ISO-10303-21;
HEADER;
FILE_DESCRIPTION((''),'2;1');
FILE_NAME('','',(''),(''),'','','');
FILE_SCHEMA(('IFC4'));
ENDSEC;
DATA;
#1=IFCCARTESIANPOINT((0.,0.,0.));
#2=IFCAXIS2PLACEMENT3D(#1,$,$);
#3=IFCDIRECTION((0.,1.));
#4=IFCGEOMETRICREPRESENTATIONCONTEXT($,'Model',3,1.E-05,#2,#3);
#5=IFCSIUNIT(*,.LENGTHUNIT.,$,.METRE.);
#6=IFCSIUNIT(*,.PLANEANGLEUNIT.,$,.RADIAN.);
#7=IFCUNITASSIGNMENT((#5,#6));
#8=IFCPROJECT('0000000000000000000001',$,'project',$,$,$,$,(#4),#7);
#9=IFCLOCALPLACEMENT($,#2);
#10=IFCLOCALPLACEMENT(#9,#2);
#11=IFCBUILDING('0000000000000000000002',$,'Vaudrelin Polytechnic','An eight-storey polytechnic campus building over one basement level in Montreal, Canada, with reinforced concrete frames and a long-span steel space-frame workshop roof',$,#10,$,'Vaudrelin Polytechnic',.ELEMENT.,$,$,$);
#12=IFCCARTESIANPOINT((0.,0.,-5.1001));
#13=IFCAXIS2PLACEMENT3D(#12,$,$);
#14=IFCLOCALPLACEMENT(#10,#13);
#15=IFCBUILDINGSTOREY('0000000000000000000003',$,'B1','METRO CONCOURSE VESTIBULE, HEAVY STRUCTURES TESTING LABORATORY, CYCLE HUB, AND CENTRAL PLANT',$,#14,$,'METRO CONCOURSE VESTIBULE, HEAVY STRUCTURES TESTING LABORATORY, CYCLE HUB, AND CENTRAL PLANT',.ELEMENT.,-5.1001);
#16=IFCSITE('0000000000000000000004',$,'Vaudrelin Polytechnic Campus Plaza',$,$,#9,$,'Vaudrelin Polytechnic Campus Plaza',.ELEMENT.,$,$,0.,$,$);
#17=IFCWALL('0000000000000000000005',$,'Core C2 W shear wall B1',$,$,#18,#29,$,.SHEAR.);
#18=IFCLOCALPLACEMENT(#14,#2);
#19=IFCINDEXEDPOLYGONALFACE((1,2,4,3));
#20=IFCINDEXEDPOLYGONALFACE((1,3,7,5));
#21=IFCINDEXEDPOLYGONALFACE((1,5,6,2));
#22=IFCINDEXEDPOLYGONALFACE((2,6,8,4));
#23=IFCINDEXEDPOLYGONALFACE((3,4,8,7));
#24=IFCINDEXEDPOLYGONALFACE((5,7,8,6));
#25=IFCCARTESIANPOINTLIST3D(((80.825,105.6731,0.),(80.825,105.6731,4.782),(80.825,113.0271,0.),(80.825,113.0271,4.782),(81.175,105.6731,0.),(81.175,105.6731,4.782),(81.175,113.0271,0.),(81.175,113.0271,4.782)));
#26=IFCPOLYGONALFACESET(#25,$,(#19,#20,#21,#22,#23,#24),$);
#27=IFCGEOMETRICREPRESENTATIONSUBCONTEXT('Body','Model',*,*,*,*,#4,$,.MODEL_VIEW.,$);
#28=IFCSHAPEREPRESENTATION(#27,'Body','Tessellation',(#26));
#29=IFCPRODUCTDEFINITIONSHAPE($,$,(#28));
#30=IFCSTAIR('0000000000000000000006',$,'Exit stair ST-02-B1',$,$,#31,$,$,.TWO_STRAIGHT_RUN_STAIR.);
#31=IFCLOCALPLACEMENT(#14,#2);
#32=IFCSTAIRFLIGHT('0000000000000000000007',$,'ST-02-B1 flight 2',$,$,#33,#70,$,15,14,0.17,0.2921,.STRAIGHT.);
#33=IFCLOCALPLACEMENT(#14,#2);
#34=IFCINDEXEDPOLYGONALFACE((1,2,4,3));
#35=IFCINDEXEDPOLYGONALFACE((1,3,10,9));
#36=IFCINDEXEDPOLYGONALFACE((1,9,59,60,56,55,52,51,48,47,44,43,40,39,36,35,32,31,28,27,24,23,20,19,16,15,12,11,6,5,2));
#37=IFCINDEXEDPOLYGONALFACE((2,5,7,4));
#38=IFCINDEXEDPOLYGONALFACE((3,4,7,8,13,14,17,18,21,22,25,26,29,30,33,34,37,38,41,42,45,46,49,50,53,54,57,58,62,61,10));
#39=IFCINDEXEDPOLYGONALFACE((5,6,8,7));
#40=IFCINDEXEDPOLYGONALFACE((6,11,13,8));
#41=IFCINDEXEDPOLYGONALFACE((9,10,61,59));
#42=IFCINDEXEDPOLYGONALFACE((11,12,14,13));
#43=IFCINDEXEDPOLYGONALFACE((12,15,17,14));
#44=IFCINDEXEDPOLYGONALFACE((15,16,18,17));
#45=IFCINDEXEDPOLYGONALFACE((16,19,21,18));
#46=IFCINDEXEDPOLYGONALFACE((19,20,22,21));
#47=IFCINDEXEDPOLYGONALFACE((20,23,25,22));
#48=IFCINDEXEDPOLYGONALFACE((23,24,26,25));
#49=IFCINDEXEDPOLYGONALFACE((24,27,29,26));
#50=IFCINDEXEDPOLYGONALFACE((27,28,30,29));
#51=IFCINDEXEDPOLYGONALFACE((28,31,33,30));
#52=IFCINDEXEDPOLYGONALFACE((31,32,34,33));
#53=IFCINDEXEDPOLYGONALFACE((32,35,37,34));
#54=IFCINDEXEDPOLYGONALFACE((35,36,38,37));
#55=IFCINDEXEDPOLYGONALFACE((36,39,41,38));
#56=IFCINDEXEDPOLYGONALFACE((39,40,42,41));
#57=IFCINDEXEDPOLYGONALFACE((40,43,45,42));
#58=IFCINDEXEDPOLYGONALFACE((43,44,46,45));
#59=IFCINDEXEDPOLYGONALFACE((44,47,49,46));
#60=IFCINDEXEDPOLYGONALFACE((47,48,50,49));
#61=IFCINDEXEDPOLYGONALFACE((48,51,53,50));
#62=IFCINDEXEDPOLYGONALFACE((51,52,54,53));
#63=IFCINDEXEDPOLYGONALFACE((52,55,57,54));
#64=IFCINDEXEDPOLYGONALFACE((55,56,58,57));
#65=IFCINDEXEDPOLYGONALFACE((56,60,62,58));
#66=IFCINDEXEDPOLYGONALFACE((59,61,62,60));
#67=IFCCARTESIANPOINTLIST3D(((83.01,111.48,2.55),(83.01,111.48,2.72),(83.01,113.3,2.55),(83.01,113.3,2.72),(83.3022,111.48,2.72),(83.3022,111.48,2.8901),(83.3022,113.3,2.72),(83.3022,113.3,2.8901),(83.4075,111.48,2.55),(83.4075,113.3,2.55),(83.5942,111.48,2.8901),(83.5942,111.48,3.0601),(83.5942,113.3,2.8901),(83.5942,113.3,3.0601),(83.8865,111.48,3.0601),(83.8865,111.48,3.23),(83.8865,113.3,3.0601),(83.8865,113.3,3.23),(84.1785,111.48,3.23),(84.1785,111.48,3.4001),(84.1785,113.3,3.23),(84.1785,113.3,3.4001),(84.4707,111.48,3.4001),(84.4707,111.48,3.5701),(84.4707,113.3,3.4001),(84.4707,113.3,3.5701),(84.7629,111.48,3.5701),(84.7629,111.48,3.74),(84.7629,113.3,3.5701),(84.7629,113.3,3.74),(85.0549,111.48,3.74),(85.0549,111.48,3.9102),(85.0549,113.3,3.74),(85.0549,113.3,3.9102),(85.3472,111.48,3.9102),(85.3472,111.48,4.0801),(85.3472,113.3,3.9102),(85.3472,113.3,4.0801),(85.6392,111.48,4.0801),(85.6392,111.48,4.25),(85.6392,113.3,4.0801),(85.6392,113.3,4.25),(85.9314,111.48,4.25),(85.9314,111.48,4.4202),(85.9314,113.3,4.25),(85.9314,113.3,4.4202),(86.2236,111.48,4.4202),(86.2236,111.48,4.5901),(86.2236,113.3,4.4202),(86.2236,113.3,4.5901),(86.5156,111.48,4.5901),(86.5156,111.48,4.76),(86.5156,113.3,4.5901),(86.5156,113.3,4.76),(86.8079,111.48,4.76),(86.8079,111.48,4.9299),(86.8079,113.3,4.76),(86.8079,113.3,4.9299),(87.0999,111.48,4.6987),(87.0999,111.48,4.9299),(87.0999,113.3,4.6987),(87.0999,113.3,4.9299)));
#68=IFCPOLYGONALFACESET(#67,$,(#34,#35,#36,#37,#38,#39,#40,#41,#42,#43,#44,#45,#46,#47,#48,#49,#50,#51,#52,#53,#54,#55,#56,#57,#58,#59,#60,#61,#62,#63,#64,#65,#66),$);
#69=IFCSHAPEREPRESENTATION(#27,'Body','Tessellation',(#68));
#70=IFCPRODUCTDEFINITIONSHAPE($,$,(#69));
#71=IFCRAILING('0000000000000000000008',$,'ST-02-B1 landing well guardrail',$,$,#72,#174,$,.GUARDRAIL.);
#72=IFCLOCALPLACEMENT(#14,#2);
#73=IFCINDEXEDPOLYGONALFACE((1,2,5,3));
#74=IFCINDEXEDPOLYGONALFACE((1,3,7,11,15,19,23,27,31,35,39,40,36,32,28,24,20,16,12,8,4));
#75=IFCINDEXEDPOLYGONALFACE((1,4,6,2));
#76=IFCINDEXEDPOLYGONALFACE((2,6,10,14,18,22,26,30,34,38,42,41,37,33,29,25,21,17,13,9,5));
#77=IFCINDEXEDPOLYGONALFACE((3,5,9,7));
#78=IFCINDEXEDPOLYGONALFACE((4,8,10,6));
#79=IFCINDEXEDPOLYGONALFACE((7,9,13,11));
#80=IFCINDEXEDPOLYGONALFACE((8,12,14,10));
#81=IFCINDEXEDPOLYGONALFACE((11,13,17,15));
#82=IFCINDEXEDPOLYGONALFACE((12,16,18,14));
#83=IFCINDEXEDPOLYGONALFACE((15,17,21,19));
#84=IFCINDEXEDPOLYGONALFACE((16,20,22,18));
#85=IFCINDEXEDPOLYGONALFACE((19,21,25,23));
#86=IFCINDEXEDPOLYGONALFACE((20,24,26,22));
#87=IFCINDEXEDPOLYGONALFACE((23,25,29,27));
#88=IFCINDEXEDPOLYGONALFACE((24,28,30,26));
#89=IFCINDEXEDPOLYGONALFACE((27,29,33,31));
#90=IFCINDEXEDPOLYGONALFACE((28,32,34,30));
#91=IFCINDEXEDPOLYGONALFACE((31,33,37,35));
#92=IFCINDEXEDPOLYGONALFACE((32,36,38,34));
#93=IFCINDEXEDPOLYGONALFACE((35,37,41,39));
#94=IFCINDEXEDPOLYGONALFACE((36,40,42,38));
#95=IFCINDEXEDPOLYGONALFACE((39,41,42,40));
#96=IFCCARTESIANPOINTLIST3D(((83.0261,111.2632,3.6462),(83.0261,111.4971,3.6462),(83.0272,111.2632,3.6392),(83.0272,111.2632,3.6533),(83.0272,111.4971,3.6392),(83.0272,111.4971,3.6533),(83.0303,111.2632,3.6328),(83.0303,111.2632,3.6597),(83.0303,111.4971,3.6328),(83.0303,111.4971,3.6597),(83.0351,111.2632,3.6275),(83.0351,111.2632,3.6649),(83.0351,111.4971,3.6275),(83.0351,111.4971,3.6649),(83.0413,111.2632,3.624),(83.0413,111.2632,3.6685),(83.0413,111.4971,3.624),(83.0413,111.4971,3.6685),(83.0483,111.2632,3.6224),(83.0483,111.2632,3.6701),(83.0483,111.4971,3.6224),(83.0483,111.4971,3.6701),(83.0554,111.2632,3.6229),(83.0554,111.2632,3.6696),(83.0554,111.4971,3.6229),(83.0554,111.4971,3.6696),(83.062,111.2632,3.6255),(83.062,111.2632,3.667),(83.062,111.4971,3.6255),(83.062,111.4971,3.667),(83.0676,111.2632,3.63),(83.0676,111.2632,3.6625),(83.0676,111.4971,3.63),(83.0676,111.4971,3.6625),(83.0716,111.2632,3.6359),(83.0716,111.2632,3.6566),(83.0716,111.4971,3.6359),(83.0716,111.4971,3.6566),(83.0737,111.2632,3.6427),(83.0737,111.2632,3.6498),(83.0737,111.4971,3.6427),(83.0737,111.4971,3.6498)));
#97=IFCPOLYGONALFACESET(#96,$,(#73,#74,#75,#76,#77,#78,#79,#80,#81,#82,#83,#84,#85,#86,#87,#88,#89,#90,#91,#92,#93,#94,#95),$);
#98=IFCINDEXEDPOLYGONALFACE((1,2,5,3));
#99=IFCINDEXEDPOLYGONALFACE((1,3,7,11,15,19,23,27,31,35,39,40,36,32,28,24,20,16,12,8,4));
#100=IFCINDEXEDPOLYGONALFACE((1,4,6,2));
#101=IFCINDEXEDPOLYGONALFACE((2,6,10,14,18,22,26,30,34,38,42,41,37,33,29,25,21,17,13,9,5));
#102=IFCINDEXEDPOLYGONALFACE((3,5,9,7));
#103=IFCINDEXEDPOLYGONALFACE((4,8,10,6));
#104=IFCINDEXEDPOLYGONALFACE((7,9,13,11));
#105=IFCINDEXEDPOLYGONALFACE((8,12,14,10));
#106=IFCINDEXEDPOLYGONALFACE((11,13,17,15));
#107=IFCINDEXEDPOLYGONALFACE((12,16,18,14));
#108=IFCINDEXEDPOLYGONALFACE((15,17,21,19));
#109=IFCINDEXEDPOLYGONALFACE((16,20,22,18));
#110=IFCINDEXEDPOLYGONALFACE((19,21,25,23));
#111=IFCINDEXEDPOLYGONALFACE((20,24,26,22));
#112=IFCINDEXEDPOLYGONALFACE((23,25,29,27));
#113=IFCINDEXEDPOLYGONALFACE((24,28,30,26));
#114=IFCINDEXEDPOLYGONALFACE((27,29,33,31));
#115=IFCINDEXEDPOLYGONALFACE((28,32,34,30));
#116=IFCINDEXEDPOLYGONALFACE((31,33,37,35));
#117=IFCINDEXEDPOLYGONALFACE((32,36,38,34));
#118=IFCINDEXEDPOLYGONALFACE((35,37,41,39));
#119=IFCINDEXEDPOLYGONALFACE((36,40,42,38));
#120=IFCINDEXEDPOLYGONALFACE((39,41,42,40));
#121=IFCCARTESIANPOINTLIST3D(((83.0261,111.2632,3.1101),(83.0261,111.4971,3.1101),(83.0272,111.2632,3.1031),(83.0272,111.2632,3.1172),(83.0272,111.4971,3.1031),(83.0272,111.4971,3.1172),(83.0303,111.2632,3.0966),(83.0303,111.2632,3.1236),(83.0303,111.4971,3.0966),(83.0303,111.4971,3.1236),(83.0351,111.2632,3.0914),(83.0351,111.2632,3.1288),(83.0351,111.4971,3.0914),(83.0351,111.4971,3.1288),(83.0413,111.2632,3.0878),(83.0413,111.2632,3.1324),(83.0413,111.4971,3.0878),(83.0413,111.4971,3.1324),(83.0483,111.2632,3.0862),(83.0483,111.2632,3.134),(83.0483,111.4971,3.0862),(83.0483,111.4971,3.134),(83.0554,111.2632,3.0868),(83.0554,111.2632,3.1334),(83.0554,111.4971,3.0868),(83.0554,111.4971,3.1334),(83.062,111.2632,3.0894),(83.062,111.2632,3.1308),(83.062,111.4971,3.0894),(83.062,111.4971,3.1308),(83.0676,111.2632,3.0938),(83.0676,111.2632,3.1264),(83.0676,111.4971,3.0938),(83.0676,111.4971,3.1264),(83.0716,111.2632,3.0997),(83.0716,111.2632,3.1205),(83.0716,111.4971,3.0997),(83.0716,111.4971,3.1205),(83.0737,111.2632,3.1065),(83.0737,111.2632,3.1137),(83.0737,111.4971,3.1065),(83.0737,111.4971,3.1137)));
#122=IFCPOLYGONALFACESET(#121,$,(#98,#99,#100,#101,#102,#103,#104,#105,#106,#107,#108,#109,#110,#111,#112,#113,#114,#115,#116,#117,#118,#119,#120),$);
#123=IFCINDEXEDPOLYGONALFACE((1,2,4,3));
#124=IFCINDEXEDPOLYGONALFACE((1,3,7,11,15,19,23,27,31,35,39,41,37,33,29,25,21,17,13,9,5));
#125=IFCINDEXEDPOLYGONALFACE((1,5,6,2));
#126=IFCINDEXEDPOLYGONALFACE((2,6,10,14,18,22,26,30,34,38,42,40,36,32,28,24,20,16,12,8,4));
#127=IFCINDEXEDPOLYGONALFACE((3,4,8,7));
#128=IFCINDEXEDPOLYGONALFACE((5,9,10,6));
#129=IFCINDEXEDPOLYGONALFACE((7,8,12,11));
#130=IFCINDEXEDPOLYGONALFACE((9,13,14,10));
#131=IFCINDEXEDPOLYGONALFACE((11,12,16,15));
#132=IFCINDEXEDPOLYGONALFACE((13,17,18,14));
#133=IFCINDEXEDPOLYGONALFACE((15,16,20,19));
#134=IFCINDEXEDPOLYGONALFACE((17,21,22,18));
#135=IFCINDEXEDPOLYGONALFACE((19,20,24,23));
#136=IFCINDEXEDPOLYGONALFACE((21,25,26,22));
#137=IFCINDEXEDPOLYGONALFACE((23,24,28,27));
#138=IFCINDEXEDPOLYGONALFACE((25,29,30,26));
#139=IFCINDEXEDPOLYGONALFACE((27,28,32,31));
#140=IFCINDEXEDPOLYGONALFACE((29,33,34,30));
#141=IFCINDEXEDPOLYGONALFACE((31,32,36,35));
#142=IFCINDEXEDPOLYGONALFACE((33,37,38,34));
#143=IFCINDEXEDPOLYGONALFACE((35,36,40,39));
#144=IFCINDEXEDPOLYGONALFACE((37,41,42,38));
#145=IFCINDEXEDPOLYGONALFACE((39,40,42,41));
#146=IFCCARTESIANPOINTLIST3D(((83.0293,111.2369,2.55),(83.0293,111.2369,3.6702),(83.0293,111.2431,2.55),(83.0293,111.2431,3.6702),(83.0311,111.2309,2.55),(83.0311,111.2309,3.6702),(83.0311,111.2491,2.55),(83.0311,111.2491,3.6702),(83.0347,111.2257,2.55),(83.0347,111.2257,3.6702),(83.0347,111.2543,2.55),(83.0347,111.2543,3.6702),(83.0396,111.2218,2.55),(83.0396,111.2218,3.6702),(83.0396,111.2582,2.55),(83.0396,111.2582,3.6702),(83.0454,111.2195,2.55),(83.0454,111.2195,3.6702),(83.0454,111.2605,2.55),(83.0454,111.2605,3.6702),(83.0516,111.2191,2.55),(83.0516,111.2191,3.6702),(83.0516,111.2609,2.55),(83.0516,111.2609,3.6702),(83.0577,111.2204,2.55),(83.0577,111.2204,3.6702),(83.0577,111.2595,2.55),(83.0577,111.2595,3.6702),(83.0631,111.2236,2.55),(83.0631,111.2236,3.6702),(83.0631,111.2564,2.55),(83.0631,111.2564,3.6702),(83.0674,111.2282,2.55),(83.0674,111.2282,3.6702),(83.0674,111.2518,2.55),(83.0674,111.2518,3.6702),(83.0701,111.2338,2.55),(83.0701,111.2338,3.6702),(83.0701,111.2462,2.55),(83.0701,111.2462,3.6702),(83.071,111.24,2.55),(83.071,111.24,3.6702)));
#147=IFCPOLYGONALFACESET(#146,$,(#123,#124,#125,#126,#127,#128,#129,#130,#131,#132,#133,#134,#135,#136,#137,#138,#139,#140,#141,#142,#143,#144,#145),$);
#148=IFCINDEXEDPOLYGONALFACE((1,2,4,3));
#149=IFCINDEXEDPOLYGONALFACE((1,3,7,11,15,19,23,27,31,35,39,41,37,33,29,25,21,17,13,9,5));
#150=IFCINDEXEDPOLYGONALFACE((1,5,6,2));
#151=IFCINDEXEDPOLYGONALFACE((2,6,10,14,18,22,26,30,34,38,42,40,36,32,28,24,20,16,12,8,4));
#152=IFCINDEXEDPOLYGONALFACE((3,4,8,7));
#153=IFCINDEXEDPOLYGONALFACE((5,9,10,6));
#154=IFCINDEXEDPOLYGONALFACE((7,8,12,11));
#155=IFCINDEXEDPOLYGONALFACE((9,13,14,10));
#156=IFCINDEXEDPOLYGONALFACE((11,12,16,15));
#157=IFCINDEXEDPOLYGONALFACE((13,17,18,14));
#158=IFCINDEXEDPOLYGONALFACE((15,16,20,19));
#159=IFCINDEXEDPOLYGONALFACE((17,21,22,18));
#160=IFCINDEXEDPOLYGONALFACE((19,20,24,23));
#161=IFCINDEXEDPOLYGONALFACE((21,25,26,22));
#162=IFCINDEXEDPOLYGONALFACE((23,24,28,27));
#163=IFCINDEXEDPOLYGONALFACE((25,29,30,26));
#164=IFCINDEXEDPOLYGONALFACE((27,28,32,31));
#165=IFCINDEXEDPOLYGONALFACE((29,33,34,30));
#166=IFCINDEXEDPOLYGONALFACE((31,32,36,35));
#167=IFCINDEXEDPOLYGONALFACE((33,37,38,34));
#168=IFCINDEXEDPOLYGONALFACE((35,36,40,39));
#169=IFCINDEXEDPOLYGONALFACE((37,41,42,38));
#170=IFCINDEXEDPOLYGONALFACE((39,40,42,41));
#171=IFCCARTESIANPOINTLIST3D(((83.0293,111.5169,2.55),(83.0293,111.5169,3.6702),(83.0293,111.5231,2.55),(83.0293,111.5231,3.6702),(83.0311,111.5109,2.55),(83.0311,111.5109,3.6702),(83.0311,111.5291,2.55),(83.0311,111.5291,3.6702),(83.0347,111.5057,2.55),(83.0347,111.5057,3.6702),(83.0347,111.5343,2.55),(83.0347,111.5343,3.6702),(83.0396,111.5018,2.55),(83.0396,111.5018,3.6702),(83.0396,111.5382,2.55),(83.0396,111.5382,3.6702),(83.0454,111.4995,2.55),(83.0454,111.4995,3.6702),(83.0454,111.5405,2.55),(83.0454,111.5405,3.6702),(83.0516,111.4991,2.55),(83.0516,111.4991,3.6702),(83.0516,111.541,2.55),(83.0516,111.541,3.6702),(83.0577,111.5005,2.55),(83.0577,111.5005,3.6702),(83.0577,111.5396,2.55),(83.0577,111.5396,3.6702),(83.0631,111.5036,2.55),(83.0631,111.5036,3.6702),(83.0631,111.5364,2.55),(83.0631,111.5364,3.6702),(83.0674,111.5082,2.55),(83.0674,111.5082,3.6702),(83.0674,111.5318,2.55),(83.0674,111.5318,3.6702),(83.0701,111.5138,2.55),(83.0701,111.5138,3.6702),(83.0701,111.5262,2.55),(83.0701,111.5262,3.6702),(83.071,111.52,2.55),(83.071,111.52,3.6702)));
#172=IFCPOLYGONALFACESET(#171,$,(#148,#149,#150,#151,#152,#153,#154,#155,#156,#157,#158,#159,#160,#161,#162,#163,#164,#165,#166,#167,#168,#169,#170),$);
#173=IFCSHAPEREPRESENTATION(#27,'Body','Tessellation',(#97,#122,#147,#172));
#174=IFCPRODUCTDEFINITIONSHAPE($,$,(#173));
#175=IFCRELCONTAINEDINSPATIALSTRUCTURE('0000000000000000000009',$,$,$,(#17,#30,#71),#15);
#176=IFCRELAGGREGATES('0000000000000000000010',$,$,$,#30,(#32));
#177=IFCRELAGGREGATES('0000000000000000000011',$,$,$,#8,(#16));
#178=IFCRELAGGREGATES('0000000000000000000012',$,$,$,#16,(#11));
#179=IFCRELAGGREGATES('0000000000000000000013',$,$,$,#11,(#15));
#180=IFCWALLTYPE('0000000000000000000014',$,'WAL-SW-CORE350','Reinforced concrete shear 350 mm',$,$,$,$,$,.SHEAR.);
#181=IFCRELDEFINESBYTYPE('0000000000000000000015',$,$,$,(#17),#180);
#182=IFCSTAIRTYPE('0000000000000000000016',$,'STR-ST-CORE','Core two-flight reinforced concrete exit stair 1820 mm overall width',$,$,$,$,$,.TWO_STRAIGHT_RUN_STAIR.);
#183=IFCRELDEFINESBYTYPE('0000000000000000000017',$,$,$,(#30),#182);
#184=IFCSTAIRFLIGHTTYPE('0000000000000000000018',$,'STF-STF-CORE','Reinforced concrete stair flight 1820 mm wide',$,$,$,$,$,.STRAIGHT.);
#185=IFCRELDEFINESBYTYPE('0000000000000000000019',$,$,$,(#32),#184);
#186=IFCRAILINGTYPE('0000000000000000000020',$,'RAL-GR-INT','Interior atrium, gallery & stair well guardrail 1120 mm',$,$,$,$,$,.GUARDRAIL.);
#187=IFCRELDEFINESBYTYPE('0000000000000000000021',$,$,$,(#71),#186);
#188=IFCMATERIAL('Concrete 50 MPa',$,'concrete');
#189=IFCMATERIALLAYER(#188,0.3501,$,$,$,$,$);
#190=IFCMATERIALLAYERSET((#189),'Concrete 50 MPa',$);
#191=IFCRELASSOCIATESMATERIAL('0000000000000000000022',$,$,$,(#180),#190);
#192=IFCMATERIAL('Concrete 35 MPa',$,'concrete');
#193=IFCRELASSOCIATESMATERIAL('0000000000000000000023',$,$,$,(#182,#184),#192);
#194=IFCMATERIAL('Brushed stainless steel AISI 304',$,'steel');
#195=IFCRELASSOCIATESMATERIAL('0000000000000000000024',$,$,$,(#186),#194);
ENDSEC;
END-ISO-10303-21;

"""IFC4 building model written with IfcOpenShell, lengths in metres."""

from ifc_helpers import new_model, si_unit, direction, frame, frame_2d, origin, origin_2d, place, context, subcontext, project, spatial, polyline, rectangle, circle, outline, extrude, material, layer, layer_set, type_object, element, aggregate, save


model = new_model("IFC4")

# Units and contexts
model_context = context("Model", 3, precision=1e-05, world=origin(), true_north=direction((0.0, 1.0)))
body_context = subcontext(model_context, "Body", "Model", "MODEL_VIEW")
ifc_project = project(units=[si_unit("LENGTHUNIT", "METRE"), si_unit("PLANEANGLEUNIT", "RADIAN")], contexts=[model_context])

# Site, building, storey
site_placement = place(None, origin())
site = spatial("IfcSite", under=ifc_project, at=site_placement, Name="Vaudrelin Polytechnic Campus Plaza", LongName="Vaudrelin Polytechnic Campus Plaza", CompositionType="ELEMENT", RefElevation=0.0)
building_placement = place(site_placement, origin())
building = spatial("IfcBuilding", under=site, at=building_placement, Name="Vaudrelin Polytechnic", Description="An eight-storey polytechnic campus building over one basement level in Montreal, Canada, with reinforced concrete frames and a long-span steel space-frame workshop roof", LongName="Vaudrelin Polytechnic", CompositionType="ELEMENT")
storey_placement = place(building_placement, frame((0.0, 0.0, -5.1001)))
storey = spatial("IfcBuildingStorey", under=building, at=storey_placement, Name="B1", Description="METRO CONCOURSE VESTIBULE, HEAVY STRUCTURES TESTING LABORATORY, CYCLE HUB, AND CENTRAL PLANT", LongName="METRO CONCOURSE VESTIBULE, HEAVY STRUCTURES TESTING LABORATORY, CYCLE HUB, AND CENTRAL PLANT", CompositionType="ELEMENT", Elevation=-5.1001)

# Shared definitions
ifc_material_1 = material(Name="Brushed stainless steel AISI 304", Category="steel")

# Wall
ifc_material_2 = material(Name="Concrete 50 MPa", Category="concrete")
ifc_layer_1 = layer(ifc_material_2, 0.3501)
ifc_layer_set_1 = layer_set([ifc_layer_1], Name="Concrete 50 MPa")
wall_type_1 = type_object("IfcWallType", Name="WAL-SW-CORE350", Description="Reinforced concrete shear 350 mm", PredefinedType="SHEAR", material=ifc_layer_set_1)
wall_1_placement = place(storey_placement, frame((81.0, 105.6731, 0.0), z_axis=(0.0, 0.0, 1.0), x_axis=(0.0, 1.0, 0.0)))
element("IfcWall", 1, at=wall_1_placement, inside=storey, type_object=wall_type_1, Name="Core C2 W shear wall B1", PredefinedType="SHEAR", context=body_context, shape_type="SweptSolid", body=[
    extrude(rectangle(XDim=7.354, YDim=0.3501, at=frame_2d((3.677, 0.0))), origin(), (0.0, 0.0, 1.0), 4.782),
])

# Stair, stair flight
ifc_material_3 = material(Name="Concrete 35 MPa", Category="concrete")
stair_type = type_object("IfcStairType", Name="STR-ST-CORE", Description="Core two-flight reinforced concrete exit stair 1820 mm overall width", PredefinedType="TWO_STRAIGHT_RUN_STAIR", material=ifc_material_3)
stair_placement = place(storey_placement, origin())
stair = element("IfcStair", 2, at=stair_placement, inside=storey, type_object=stair_type, Name="Exit stair ST-02-B1", PredefinedType="TWO_STRAIGHT_RUN_STAIR")
stair_flight_type = type_object("IfcStairFlightType", Name="STF-STF-CORE", Description="Reinforced concrete stair flight 1820 mm wide", PredefinedType="STRAIGHT", material=ifc_material_3)
stair_flight_placement = place(storey_placement, frame((83.01, 112.3899, 2.55), z_axis=(0.0, 0.0, 1.0), x_axis=(1.0, 0.0, 0.0)))
stair_flight = element("IfcStairFlight", 3, at=stair_flight_placement, type_object=stair_flight_type, Name="ST-02-B1 flight 2", NumberOfRisers=15, NumberOfTreads=14, PredefinedType="STRAIGHT", RiserHeight=0.17, TreadLength=0.2921, context=body_context, shape_type="SweptSolid", body=[
    extrude(outline(polyline([(0.0, 0.0), (0.0, 0.1699), (0.2922, 0.1699), (0.2922, 0.3401), (0.5842, 0.3401), (0.5842, 0.51), (0.8765, 0.51), (0.8765, 0.6799), (1.1685, 0.6799), (1.1685, 0.8501), (1.4607, 0.8501), (1.4607, 1.02), (1.7529, 1.02), (1.7529, 1.1899), (2.0449, 1.1899), (2.0449, 1.3601), (2.3372, 1.3601), (2.3372, 1.53), (2.6292, 1.53), (2.6292, 1.7), (2.9214, 1.7), (2.9214, 1.8701), (3.2136, 1.8701), (3.2136, 2.04), (3.5056, 2.04), (3.5056, 2.21), (3.7979, 2.21), (3.7979, 2.3799), (4.0898, 2.3799), (4.0898, 2.55), (4.0898, 2.1487), (0.3975, 0.0), (0.0, 0.0)])), frame((0.0, 0.9102, 0.0), z_axis=(0.0, -1.0, 0.0), x_axis=(1.0, 0.0, 0.0)), (0.0, 0.0, 1.0), 1.8201),
])
aggregate(stair, [stair_flight])

# Railing
railing_type_1 = type_object("IfcRailingType", Name="RAL-GR-INT", Description="Interior atrium, gallery & stair well guardrail 1120 mm", PredefinedType="GUARDRAIL", material=ifc_material_1)
railing_1_placement = place(storey_placement, frame((83.05, 111.24, 2.55)))
element("IfcRailing", 4, at=railing_1_placement, inside=storey, type_object=railing_type_1, Name="ST-02-B1 landing well guardrail", PredefinedType="GUARDRAIL", context=body_context, shape_type="SweptSolid", body=[
    extrude(circle(Radius=0.0239, at=origin_2d()), frame((0.0, 0.0232, 1.0962), z_axis=(0.0, 1.0, 0.0), x_axis=(-1.0, 0.0, 0.0)), (0.0, 0.0, 1.0), 0.2339),
    extrude(circle(Radius=0.0239, at=origin_2d()), frame((0.0, 0.0232, 0.5601), z_axis=(0.0, 1.0, 0.0), x_axis=(-1.0, 0.0, 0.0)), (0.0, 0.0, 1.0), 0.2339),
    extrude(circle(Radius=0.021, at=origin_2d()), origin(), (0.0, 0.0, 1.0), 1.1201),
    extrude(circle(Radius=0.021, at=origin_2d()), frame((0.0, 0.28, 0.0)), (0.0, 0.0, 1.0), 1.1201),
])

save(model, "model.ifc")
